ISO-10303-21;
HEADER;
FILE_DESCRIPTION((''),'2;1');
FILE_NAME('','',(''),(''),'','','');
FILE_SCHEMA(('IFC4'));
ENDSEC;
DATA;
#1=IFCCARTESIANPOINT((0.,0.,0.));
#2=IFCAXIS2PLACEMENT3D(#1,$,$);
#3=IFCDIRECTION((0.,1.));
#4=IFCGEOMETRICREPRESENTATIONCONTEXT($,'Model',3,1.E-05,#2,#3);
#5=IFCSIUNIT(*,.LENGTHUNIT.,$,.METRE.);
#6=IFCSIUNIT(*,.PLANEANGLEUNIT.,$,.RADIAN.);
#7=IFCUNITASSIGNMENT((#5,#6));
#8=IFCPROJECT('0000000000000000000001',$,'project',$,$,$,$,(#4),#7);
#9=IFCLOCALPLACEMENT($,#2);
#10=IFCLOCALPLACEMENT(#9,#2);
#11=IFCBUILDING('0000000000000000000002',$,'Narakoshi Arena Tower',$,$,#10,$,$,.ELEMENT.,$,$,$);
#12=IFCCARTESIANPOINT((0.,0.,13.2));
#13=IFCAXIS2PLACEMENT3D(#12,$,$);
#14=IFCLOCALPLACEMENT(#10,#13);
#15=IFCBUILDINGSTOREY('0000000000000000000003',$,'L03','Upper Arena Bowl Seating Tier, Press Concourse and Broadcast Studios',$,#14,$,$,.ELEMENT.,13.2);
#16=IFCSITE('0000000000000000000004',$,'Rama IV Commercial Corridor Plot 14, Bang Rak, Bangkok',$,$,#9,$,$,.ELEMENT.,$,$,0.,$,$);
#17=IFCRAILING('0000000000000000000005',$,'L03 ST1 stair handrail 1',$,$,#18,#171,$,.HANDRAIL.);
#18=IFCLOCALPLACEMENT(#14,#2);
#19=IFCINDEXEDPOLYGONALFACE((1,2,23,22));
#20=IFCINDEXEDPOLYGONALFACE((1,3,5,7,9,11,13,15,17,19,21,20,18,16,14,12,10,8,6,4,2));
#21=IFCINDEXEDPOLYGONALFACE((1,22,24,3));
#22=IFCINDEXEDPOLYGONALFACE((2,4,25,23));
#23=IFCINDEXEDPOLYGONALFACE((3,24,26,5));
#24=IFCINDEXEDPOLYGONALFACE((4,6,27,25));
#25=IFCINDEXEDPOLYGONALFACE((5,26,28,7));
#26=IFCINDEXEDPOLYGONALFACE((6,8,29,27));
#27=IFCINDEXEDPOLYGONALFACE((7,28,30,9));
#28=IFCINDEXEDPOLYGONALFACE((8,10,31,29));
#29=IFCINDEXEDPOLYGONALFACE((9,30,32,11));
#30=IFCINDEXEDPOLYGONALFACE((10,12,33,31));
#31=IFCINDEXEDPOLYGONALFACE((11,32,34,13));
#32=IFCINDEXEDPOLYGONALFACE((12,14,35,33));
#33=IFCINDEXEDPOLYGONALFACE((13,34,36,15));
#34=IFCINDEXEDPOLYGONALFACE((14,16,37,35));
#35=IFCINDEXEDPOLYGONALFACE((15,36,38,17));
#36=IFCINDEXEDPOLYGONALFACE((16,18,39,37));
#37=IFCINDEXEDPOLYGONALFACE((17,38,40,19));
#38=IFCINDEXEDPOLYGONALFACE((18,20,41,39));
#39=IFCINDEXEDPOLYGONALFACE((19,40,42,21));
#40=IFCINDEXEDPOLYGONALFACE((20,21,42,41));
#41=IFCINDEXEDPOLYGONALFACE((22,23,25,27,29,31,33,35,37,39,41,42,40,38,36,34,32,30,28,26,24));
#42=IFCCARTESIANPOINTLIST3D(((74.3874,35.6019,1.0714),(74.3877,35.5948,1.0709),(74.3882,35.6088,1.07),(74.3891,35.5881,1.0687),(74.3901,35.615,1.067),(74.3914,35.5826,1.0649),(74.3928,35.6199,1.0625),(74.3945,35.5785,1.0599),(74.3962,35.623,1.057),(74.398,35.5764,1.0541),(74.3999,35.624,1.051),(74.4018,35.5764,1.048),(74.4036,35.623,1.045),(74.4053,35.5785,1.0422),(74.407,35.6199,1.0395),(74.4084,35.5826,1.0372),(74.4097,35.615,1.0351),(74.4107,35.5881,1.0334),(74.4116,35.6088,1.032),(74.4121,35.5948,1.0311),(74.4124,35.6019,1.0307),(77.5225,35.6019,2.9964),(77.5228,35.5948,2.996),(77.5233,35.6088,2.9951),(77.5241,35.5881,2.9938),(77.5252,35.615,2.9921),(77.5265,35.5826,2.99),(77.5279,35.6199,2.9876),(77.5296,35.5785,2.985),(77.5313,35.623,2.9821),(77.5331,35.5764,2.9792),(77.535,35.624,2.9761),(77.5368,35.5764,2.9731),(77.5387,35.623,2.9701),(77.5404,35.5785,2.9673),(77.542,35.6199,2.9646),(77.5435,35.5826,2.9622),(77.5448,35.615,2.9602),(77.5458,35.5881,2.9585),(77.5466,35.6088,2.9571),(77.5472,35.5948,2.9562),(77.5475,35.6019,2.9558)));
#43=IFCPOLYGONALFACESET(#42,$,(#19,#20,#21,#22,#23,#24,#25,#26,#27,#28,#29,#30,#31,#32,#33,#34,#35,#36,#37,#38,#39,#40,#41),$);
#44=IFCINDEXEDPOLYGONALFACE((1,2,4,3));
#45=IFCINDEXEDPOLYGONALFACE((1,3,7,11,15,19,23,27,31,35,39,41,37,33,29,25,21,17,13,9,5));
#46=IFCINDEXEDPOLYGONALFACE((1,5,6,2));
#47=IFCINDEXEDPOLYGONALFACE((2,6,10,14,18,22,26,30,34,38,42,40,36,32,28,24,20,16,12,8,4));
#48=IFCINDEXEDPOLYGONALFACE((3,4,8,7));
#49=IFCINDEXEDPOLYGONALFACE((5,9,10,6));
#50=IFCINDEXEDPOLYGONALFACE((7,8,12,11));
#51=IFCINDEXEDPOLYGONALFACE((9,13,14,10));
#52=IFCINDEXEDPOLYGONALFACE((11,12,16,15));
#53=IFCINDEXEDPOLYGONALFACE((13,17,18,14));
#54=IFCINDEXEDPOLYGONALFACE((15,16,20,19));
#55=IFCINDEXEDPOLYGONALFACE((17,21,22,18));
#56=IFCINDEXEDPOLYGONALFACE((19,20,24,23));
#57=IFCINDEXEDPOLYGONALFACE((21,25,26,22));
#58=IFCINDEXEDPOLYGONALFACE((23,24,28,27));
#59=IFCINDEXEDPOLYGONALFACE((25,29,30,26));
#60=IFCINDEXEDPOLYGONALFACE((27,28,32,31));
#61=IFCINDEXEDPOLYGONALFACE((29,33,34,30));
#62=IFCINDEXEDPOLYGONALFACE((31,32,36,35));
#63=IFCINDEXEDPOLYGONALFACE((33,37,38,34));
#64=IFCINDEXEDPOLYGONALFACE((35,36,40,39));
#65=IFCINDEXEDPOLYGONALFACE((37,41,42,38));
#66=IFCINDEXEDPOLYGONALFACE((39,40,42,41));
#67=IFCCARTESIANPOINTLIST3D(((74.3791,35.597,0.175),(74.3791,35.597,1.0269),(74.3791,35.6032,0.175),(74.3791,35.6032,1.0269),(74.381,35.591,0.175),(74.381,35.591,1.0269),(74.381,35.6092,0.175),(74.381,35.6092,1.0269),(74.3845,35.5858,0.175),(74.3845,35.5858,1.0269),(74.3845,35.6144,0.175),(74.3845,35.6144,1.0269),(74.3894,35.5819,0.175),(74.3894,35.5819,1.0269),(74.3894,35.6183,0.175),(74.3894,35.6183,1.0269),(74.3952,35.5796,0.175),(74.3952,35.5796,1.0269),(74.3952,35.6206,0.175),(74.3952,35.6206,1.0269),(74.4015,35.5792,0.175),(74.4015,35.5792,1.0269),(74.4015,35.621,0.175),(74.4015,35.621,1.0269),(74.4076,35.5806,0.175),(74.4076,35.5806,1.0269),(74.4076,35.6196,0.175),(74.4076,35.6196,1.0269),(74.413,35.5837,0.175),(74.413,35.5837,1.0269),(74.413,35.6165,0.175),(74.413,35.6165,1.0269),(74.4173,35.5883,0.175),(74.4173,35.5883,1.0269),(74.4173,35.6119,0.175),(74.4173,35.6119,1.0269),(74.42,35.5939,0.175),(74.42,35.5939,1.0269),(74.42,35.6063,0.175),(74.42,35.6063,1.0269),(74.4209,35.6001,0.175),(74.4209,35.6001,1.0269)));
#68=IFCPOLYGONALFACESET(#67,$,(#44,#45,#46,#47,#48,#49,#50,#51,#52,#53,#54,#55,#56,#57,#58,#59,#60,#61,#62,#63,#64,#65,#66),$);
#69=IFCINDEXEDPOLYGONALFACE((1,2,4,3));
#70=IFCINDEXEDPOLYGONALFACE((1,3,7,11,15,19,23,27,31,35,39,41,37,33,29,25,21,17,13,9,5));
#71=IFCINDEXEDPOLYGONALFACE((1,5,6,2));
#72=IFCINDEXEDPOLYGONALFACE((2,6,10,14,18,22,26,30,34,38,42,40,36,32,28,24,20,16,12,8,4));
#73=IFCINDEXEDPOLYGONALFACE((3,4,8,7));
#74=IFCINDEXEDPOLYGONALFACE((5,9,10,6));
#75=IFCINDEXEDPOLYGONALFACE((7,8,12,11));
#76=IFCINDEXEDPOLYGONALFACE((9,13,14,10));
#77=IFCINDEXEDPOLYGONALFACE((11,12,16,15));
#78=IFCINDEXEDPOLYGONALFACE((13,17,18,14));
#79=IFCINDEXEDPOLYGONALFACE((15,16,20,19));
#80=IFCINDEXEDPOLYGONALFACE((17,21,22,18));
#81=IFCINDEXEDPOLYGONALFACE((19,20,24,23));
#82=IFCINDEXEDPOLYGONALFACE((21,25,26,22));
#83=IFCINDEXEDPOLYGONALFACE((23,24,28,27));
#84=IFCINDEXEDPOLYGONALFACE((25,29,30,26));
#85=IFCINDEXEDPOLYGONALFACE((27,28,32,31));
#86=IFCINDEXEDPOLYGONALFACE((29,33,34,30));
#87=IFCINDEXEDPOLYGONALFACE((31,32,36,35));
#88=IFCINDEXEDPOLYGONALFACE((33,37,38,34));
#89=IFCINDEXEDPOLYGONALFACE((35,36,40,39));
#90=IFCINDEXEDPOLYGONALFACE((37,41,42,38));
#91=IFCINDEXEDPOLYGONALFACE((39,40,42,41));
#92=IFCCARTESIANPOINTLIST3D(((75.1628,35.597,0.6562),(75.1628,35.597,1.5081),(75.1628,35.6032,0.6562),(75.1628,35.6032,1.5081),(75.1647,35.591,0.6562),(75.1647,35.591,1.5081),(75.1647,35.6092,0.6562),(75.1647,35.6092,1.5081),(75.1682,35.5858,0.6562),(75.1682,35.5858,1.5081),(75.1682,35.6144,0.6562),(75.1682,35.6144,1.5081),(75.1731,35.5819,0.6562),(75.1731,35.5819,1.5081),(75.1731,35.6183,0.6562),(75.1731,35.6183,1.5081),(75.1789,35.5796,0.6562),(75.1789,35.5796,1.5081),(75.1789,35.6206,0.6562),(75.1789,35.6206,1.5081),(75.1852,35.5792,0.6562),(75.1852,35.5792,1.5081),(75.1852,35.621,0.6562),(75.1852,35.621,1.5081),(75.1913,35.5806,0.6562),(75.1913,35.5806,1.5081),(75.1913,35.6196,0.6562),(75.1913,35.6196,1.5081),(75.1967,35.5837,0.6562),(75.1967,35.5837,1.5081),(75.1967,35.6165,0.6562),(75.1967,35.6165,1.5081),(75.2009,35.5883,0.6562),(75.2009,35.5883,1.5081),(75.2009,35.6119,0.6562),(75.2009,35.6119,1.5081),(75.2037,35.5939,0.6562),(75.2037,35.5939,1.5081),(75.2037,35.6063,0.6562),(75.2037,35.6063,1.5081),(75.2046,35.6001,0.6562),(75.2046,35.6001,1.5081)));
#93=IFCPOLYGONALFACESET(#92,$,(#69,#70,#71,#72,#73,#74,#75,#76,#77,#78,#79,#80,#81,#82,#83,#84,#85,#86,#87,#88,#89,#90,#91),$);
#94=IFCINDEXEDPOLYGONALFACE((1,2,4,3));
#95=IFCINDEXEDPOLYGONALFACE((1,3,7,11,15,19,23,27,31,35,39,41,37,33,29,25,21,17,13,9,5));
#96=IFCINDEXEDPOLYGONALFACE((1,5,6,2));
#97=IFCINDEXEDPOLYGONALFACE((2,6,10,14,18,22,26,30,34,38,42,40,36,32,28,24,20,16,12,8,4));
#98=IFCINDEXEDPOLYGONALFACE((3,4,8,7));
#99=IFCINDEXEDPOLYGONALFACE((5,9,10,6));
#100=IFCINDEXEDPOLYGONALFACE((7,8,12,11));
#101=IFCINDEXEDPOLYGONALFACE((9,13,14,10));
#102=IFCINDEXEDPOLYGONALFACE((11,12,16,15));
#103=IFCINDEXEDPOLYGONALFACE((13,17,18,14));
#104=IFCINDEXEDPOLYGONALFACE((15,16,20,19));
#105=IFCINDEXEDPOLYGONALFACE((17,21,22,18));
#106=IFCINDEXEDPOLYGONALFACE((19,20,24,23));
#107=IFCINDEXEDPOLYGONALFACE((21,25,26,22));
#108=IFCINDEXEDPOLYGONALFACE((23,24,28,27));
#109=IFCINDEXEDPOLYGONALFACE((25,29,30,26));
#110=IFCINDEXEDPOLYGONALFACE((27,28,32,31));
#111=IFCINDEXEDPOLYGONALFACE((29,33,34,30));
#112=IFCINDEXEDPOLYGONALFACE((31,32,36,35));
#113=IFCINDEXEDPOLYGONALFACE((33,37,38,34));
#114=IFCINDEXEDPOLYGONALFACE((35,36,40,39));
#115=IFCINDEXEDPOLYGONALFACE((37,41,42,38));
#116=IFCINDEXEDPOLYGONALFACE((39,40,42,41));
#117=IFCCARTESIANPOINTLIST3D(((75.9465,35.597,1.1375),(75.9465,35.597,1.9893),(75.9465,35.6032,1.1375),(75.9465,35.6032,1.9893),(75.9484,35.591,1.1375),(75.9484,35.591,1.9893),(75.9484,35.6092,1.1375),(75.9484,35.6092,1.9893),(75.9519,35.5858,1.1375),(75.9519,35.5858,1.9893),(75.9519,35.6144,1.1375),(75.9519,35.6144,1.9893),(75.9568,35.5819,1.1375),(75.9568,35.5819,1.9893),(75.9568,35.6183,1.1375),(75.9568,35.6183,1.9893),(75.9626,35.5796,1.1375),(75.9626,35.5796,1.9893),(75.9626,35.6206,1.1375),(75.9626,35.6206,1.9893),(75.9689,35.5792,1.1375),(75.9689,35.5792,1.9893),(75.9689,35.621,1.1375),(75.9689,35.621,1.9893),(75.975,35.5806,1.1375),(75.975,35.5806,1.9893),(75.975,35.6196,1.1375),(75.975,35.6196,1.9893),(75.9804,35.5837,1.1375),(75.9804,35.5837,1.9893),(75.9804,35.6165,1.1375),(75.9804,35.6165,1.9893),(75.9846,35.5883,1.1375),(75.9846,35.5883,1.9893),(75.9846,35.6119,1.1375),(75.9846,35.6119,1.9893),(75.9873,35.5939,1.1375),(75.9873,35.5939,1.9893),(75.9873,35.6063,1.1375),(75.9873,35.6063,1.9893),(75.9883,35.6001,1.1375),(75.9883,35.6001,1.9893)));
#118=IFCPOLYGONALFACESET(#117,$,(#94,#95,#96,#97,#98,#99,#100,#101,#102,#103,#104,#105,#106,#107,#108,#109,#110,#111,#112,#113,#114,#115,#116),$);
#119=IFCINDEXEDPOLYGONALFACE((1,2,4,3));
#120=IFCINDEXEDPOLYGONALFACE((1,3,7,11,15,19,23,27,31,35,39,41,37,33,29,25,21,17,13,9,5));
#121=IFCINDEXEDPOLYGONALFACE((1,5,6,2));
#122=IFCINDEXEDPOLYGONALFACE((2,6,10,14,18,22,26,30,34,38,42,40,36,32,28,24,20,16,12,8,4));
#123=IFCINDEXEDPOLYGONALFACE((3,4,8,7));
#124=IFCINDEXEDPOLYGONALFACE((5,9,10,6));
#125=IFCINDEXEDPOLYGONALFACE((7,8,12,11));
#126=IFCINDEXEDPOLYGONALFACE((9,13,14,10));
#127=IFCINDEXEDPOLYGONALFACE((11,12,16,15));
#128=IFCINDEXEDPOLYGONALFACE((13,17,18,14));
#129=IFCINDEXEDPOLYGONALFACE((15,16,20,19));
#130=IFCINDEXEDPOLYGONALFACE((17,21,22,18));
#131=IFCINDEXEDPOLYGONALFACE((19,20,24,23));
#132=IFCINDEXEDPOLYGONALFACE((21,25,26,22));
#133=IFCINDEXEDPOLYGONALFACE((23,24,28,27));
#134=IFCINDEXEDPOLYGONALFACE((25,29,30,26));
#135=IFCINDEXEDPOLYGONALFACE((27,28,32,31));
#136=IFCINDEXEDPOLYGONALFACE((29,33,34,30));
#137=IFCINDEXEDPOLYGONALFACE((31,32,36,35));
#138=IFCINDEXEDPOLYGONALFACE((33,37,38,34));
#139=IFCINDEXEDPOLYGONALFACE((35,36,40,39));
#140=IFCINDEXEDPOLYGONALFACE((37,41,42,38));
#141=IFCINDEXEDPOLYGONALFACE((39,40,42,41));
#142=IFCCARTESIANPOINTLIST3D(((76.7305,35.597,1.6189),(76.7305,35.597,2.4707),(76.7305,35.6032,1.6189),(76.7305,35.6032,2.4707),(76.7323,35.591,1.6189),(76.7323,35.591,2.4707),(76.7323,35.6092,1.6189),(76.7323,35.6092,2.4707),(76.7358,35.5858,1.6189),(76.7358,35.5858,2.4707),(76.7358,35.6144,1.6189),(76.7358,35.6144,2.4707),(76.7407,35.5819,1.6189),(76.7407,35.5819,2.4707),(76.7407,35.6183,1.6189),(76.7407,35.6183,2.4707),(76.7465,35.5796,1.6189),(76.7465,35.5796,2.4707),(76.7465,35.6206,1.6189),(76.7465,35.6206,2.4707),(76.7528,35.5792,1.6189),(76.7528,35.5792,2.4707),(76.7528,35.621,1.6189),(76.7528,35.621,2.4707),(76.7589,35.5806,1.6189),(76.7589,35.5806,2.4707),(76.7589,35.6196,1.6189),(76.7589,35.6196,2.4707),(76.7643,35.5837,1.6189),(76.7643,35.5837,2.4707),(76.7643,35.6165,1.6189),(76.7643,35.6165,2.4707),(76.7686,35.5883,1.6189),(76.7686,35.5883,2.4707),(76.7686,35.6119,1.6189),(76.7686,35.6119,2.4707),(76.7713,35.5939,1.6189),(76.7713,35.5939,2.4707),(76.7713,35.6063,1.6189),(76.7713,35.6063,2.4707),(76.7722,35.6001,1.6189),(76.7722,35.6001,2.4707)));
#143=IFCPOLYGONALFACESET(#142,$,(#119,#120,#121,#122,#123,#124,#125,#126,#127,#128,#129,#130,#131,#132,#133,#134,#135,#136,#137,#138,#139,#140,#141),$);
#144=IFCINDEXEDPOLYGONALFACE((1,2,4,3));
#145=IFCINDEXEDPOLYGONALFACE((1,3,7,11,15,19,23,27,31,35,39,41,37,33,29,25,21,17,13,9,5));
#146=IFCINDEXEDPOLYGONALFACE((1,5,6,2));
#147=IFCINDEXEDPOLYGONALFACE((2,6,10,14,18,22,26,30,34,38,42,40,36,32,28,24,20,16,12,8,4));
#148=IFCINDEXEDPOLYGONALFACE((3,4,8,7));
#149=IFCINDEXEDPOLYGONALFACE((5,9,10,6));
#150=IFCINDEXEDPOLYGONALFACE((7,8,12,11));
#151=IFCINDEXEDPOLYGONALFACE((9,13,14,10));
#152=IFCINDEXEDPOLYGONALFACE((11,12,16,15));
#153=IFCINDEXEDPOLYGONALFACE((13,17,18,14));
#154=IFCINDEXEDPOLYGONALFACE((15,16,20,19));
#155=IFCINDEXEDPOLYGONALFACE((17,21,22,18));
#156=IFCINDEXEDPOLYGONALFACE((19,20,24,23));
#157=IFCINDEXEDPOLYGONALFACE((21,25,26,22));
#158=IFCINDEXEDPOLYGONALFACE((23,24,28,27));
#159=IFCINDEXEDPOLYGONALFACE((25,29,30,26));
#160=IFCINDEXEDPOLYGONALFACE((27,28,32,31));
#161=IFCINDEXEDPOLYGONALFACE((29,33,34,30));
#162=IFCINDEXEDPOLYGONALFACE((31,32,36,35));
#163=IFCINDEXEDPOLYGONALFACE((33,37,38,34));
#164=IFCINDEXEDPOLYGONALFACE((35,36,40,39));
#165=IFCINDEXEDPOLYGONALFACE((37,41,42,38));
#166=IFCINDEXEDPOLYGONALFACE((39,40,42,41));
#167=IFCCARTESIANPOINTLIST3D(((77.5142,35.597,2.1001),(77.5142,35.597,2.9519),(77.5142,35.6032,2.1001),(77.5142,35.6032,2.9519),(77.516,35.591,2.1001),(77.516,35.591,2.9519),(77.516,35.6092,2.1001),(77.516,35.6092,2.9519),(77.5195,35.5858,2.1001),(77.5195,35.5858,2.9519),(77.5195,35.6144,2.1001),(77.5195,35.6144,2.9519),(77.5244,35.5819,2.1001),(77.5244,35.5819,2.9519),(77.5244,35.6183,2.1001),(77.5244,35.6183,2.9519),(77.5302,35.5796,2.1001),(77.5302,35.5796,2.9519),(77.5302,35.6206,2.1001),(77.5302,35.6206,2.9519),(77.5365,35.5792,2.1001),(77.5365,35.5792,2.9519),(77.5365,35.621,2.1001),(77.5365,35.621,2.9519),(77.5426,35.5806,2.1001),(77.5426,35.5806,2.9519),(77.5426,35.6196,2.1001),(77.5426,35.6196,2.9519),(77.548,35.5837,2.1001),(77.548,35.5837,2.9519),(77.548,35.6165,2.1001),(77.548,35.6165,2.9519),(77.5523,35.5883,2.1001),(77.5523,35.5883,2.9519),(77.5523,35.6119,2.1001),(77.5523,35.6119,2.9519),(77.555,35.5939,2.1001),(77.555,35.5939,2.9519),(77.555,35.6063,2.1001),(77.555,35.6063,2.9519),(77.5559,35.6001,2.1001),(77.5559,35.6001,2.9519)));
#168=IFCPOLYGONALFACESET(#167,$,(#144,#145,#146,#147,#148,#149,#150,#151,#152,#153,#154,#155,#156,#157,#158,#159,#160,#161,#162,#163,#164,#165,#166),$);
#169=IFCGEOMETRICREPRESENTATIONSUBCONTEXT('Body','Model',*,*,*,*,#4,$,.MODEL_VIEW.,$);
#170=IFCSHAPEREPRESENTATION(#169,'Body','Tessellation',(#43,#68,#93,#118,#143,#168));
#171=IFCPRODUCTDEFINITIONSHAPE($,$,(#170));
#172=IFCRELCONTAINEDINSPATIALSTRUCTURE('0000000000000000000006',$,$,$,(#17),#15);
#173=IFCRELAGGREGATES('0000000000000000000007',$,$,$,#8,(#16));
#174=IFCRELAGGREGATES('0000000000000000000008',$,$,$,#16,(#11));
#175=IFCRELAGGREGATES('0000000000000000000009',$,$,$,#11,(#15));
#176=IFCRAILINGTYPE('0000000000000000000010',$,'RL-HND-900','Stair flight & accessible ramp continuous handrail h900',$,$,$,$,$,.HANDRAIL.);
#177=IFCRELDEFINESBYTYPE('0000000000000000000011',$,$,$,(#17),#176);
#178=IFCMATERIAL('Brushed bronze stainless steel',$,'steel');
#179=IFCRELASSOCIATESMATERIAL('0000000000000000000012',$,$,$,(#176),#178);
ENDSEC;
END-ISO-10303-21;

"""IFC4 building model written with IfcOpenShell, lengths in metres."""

from ifc_helpers import new_model, si_unit, direction, frame, origin, origin_2d, place, context, subcontext, project, spatial, circle, extrude, material, type_object, element, save


model = new_model("IFC4")

# Units and contexts
model_context = context("Model", 3, precision=1e-05, world=origin(), true_north=direction((0.0, 1.0)))
body_context = subcontext(model_context, "Body", "Model", "MODEL_VIEW")
ifc_project = project(units=[si_unit("LENGTHUNIT", "METRE"), si_unit("PLANEANGLEUNIT", "RADIAN")], contexts=[model_context])

# Site, building, storey
site_placement = place(None, origin())
site = spatial("IfcSite", under=ifc_project, at=site_placement, Name="Rama IV Commercial Corridor Plot 14, Bang Rak, Bangkok", CompositionType="ELEMENT", RefElevation=0.0)
building_placement = place(site_placement, origin())
building = spatial("IfcBuilding", under=site, at=building_placement, Name="Narakoshi Arena Tower", CompositionType="ELEMENT")
storey_placement = place(building_placement, frame((0.0, 0.0, 13.2)))
storey = spatial("IfcBuildingStorey", under=building, at=storey_placement, Name="L03", Description="Upper Arena Bowl Seating Tier, Press Concourse and Broadcast Studios", CompositionType="ELEMENT", Elevation=13.2)

# Railing
ifc_material_1 = material(Name="Brushed bronze stainless steel", Category="steel")
railing_type_1 = type_object("IfcRailingType", Name="RL-HND-900", Description="Stair flight & accessible ramp continuous handrail h900", PredefinedType="HANDRAIL", material=ifc_material_1)
railing_1_placement = place(storey_placement, frame((74.3999, 35.6001, 0.175)))
element("IfcRailing", 1, at=railing_1_placement, inside=storey, type_object=railing_type_1, Name="L03 ST1 stair handrail 1", PredefinedType="HANDRAIL", context=body_context, shape_type="SweptSolid", body=[
    extrude(circle(Radius=0.0239, at=origin_2d()), frame((0.0, 0.0, 0.876), z_axis=(0.852166, 0.0, 0.523271), x_axis=(0.0, 1.0, 0.0)), (0.0, 0.0, 1.0), 3.679),
    extrude(circle(Radius=0.021, at=origin_2d()), origin(), (0.0, 0.0, 1.0), 0.8518),
    extrude(circle(Radius=0.021, at=origin_2d()), frame((0.7837, 0.0, 0.4812)), (0.0, 0.0, 1.0), 0.8518),
    extrude(circle(Radius=0.021, at=origin_2d()), frame((1.5674, 0.0, 0.9624)), (0.0, 0.0, 1.0), 0.8518),
    extrude(circle(Radius=0.021, at=origin_2d()), frame((2.3513, 0.0, 1.4438)), (0.0, 0.0, 1.0), 0.8518),
    extrude(circle(Radius=0.021, at=origin_2d()), frame((3.135, 0.0, 1.925)), (0.0, 0.0, 1.0), 0.8518),
])

save(model, "model.ifc")
